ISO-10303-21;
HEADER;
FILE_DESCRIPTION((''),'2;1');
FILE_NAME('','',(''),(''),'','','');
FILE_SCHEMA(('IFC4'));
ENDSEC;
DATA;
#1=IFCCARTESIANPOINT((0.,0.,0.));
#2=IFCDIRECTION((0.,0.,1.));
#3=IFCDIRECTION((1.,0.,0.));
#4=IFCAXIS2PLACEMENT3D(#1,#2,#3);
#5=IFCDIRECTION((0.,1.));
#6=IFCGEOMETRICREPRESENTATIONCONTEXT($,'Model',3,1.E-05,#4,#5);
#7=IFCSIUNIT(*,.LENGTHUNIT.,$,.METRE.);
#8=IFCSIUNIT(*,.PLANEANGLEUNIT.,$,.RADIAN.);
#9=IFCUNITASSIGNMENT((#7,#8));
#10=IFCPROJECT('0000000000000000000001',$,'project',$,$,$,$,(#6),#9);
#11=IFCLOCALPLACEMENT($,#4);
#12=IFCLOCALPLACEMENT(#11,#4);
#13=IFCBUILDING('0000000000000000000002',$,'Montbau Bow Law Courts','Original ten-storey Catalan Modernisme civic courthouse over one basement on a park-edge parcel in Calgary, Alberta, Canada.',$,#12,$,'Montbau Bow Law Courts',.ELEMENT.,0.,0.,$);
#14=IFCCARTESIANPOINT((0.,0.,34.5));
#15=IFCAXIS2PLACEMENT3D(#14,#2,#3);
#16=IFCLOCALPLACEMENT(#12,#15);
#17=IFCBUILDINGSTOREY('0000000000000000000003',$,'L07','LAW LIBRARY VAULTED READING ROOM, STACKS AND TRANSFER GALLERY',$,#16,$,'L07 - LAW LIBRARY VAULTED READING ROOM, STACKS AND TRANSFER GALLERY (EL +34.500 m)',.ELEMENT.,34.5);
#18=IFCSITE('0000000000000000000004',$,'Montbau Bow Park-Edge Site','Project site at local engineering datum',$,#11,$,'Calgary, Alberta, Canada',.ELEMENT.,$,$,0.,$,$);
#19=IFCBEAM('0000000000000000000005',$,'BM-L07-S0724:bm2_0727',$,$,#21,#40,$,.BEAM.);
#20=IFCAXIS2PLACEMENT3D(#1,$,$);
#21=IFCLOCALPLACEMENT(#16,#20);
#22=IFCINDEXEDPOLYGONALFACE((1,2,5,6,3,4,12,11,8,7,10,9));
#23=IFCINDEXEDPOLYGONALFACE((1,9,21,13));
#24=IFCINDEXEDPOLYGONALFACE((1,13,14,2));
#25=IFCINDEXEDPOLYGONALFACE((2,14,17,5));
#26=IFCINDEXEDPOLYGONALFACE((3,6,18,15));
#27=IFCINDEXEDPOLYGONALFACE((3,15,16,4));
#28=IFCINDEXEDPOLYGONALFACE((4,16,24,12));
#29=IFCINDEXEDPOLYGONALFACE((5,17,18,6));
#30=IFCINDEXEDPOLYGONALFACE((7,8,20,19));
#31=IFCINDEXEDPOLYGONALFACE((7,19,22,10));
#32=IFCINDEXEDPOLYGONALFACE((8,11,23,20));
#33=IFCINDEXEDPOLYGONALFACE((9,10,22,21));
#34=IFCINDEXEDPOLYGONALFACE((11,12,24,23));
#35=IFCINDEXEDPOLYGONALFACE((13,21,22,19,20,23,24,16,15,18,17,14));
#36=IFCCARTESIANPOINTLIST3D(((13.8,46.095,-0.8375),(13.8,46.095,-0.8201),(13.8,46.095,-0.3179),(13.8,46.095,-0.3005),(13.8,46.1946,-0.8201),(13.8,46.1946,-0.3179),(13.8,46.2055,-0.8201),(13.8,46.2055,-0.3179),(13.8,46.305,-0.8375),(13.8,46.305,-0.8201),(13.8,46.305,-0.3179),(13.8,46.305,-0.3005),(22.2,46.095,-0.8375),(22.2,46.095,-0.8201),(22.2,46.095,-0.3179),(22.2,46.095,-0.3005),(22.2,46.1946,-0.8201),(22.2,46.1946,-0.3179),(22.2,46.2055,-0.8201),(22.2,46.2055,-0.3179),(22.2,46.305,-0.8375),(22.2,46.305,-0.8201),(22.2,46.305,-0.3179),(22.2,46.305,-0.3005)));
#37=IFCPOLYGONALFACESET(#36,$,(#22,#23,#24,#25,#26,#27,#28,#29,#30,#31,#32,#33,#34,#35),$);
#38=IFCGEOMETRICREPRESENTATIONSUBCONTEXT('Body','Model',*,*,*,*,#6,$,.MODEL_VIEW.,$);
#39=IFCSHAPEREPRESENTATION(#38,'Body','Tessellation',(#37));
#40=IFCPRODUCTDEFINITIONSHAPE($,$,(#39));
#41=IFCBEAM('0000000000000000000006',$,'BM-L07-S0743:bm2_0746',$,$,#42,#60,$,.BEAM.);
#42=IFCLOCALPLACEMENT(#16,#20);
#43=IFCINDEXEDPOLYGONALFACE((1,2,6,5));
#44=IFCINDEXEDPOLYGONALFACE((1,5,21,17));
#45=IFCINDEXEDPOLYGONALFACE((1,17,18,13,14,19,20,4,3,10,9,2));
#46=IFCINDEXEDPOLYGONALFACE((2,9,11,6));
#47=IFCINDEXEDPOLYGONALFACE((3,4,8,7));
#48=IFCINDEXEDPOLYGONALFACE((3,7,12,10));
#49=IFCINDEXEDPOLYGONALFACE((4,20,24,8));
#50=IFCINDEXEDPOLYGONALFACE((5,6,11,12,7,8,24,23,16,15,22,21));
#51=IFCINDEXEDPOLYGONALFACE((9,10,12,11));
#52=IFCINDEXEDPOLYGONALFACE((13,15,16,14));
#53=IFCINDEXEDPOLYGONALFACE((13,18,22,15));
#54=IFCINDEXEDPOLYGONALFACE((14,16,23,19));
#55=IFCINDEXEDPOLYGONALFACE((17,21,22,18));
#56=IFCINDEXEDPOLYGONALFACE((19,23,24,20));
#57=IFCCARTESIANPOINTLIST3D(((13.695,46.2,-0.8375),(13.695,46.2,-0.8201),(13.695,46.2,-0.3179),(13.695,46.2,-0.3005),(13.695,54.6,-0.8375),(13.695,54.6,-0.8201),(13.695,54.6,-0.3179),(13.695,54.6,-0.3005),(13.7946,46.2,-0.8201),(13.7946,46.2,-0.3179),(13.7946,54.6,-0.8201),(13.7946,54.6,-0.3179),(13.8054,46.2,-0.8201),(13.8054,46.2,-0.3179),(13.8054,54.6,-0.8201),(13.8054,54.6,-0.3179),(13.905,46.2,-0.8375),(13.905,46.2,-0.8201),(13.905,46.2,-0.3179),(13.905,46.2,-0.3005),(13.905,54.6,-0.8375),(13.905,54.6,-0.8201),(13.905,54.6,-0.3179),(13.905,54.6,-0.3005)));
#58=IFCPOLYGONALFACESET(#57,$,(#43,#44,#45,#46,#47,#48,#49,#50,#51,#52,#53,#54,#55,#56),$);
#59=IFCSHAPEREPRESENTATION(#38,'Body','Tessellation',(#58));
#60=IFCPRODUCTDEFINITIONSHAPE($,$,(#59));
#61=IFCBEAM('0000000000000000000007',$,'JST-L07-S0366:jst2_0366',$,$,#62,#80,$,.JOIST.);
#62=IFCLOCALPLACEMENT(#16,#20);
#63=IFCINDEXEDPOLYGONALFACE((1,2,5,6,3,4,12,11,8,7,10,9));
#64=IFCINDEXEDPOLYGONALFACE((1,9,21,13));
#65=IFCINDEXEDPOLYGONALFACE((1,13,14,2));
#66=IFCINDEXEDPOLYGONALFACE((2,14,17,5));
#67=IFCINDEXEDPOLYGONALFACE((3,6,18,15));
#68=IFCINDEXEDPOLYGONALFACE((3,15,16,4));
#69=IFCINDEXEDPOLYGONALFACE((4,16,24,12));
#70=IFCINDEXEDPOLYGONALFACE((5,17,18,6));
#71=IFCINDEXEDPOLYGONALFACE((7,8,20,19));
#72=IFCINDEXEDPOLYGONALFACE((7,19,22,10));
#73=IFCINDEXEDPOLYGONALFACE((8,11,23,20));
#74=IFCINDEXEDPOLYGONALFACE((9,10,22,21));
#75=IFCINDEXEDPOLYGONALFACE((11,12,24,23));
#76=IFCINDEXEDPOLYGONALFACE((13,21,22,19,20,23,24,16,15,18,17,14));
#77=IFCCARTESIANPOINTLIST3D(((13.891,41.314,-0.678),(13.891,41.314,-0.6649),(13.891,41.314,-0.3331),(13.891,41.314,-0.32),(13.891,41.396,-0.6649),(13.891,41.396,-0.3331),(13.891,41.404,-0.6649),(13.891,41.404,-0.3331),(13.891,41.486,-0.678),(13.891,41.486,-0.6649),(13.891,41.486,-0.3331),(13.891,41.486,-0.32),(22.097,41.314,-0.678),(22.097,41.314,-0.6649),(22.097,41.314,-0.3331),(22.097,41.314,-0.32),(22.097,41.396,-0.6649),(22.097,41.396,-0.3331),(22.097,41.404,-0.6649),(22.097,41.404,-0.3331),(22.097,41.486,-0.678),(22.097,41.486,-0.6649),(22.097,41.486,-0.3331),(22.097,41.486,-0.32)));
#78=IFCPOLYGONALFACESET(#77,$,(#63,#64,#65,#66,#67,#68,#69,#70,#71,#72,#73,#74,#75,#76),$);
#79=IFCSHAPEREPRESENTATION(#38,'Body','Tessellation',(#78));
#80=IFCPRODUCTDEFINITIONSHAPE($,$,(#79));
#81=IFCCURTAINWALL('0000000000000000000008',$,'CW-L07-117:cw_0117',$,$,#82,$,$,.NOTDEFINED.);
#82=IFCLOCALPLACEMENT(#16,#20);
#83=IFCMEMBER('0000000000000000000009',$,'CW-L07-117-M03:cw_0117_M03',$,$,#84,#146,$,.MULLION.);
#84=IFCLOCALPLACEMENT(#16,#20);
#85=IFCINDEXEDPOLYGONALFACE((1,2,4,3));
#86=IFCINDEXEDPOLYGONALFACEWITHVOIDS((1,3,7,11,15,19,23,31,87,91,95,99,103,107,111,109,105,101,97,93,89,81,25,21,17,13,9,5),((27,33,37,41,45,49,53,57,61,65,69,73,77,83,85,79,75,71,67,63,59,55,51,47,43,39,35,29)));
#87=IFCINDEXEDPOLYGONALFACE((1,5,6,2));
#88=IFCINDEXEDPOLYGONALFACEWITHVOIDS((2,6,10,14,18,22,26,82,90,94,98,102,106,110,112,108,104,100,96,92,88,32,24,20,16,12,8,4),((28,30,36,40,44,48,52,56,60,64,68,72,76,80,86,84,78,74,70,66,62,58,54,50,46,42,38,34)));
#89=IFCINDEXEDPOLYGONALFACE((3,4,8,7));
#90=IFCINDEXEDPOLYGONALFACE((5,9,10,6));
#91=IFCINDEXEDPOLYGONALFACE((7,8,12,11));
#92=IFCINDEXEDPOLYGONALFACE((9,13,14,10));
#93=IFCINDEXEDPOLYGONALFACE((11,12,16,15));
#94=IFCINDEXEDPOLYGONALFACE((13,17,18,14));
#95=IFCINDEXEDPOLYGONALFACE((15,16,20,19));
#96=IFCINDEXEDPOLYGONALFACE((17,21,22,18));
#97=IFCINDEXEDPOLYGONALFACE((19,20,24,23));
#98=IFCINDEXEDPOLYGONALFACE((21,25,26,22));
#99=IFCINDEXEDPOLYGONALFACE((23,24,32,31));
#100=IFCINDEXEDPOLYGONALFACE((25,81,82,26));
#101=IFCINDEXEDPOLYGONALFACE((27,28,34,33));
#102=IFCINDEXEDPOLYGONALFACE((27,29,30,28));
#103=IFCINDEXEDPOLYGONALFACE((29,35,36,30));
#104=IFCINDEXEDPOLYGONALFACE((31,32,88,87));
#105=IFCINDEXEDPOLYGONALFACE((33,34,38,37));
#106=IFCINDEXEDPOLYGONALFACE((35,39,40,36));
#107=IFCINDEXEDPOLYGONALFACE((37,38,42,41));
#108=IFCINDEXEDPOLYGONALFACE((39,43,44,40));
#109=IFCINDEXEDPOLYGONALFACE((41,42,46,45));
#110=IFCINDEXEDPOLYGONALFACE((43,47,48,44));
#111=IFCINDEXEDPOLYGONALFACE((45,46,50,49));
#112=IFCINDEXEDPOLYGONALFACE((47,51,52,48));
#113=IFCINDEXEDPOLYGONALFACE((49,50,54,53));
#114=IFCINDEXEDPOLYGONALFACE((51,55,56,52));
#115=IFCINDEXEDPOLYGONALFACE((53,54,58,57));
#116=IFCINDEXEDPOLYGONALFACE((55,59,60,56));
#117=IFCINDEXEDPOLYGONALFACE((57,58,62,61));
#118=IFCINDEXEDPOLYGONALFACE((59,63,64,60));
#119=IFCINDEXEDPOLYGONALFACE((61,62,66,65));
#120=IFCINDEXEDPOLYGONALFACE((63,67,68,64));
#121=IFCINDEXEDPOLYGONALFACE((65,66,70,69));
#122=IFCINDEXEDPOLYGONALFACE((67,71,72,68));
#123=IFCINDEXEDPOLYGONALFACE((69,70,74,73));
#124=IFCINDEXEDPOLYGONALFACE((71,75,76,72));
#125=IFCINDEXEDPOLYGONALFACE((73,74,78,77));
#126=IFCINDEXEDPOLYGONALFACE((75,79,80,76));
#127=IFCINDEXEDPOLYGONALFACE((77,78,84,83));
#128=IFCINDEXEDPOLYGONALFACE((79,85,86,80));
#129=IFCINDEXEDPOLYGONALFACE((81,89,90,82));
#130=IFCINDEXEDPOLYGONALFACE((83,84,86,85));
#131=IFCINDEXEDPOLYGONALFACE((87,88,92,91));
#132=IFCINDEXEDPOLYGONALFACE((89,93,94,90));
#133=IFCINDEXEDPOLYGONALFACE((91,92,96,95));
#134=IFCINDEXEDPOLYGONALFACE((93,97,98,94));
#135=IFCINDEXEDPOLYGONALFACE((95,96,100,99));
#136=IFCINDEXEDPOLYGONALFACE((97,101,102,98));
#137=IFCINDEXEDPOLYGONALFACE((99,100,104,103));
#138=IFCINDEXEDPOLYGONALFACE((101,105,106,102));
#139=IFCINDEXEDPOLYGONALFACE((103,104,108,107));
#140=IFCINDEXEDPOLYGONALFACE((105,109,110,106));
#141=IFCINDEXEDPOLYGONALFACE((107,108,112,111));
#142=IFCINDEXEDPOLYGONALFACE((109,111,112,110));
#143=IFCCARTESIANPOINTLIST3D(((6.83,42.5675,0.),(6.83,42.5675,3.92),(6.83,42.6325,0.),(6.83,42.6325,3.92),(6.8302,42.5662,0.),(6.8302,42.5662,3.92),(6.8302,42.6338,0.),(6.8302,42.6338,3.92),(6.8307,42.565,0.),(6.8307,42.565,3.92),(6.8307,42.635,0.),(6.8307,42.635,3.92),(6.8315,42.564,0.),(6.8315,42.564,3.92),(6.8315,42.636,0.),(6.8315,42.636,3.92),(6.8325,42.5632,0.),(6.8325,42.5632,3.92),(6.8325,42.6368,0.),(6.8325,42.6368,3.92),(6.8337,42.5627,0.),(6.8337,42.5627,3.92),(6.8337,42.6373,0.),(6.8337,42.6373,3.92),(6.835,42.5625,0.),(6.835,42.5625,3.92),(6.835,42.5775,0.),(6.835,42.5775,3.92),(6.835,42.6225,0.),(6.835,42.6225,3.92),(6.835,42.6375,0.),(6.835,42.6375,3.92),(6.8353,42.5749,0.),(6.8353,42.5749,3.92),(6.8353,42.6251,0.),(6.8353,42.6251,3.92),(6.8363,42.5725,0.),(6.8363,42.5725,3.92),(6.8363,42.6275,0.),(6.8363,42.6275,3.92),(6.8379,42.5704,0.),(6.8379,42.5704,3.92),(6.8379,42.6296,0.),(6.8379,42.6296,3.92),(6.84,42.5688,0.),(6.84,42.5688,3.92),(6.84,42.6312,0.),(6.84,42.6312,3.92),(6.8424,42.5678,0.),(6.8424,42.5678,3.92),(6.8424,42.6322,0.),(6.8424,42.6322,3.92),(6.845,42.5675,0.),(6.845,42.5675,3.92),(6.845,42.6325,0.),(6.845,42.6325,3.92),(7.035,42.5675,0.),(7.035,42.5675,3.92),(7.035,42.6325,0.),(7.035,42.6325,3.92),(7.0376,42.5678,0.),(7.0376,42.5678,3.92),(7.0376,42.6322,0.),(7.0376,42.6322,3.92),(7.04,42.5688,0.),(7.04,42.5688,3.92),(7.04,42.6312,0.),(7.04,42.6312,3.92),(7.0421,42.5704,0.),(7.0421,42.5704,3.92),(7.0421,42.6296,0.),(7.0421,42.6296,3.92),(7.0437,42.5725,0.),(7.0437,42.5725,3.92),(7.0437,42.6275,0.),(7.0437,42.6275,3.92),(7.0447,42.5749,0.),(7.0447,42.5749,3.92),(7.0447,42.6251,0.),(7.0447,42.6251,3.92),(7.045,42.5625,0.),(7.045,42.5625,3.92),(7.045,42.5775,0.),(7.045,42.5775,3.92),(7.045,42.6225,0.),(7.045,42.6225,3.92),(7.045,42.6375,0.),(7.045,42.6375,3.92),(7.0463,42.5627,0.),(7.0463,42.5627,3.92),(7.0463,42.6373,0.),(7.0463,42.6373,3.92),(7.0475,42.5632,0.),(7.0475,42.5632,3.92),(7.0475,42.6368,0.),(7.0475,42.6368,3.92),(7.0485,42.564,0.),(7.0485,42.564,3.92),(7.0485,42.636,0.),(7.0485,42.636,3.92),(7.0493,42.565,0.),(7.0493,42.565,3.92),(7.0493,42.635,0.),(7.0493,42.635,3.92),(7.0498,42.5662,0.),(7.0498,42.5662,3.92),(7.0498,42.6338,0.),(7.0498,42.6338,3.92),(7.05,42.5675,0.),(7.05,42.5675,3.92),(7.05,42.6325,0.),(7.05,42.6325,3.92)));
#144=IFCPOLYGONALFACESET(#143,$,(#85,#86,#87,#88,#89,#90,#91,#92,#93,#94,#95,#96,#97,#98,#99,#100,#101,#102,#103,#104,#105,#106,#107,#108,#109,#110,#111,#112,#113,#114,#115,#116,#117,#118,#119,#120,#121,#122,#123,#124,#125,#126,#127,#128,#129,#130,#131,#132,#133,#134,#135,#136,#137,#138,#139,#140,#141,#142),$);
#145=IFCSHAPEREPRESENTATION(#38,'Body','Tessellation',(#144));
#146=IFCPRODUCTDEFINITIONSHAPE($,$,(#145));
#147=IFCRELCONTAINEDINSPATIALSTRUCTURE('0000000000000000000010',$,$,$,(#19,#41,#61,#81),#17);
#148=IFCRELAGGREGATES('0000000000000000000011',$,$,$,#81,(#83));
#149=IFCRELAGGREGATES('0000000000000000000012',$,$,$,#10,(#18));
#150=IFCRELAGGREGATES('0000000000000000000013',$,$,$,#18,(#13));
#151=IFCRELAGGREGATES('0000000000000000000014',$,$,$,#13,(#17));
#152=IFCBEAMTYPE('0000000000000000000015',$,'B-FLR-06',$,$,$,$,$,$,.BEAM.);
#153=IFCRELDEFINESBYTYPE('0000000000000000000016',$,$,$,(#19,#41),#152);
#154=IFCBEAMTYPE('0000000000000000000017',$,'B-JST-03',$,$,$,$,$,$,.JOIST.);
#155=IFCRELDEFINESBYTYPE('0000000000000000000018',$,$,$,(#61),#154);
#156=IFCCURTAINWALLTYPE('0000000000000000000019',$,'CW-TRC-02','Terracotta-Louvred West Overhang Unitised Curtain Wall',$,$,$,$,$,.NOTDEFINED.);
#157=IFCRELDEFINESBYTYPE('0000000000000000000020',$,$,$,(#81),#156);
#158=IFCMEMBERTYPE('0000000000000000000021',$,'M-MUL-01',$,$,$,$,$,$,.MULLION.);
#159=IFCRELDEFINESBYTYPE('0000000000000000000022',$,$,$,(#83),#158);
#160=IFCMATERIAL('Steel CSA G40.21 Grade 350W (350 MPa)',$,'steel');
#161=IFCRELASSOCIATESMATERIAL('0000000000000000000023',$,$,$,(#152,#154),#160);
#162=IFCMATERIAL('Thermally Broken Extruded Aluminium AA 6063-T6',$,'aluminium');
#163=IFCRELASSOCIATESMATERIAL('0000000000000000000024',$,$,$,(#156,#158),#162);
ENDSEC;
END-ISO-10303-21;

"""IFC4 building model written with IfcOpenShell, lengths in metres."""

from ifc_helpers import new_model, si_unit, direction, frame, origin_with_axes, origin_2d_with_axis, place, context, subcontext, project, spatial, hollow_rectangle, i_section, extrude, material, material_profile, profile_set, type_object, element, aggregate, save


model = new_model("IFC4")

# Units and contexts
model_context = context("Model", 3, precision=1e-05, world=origin_with_axes(), true_north=direction((0.0, 1.0)))
body_context = subcontext(model_context, "Body", "Model", "MODEL_VIEW")
ifc_project = project(units=[si_unit("LENGTHUNIT", "METRE"), si_unit("PLANEANGLEUNIT", "RADIAN")], contexts=[model_context])

# Site, building, storey
site_placement = place(None, origin_with_axes())
site = spatial("IfcSite", under=ifc_project, at=site_placement, Name="Montbau Bow Park-Edge Site", Description="Project site at local engineering datum", LongName="Calgary, Alberta, Canada", CompositionType="ELEMENT", RefElevation=0.0)
building_placement = place(site_placement, origin_with_axes())
building = spatial("IfcBuilding", under=site, at=building_placement, Name="Montbau Bow Law Courts", Description="Original ten-storey Catalan Modernisme civic courthouse over one basement on a park-edge parcel in Calgary, Alberta, Canada.", LongName="Montbau Bow Law Courts", CompositionType="ELEMENT", ElevationOfRefHeight=0.0, ElevationOfTerrain=0.0)
storey_placement = place(building_placement, frame((0.0, 0.0, 34.5), z_axis=(0.0, 0.0, 1.0), x_axis=(1.0, 0.0, 0.0)))
storey = spatial("IfcBuildingStorey", under=building, at=storey_placement, Name="L07", Description="LAW LIBRARY VAULTED READING ROOM, STACKS AND TRANSFER GALLERY", LongName="L07 - LAW LIBRARY VAULTED READING ROOM, STACKS AND TRANSFER GALLERY (EL +34.500 m)", CompositionType="ELEMENT", Elevation=34.5)

# Beams
ifc_material_1 = material(Name="Steel CSA G40.21 Grade 350W (350 MPa)", Category="steel")
ifc_material_profile_1 = material_profile(ifc_material_1, i_section(OverallWidth=0.21, OverallDepth=0.537, WebThickness=0.0109, FlangeThickness=0.0174, at=origin_2d_with_axis()), Name="W530X101", Category="Main", Priority=0)
ifc_profile_set_1 = profile_set([ifc_material_profile_1], Name="Steel CSA G40.21 Grade 350W (350 MPa)")
beam_type_1 = type_object("IfcBeamType", Name="B-FLR-06", PredefinedType="BEAM", material=ifc_profile_set_1)
for number, where, z_axis, x_axis, name in (
    (1, (13.8, 46.2, 33.931), (1.0, 0.0, 0.0), (0.0, 1.0, 0.0), "BM-L07-S0724:bm2_0727"),
    (2, (13.8, 46.2, 33.931), (0.0, 1.0, 0.0), (-1.0, 0.0, 0.0), "BM-L07-S0743:bm2_0746"),
):
    element("IfcBeam", number, at=place(None, frame(where, z_axis=z_axis, x_axis=x_axis)), inside=storey, type_object=beam_type_1, Name=name, PredefinedType="BEAM", context=body_context, shape_type="SweptSolid", body=[
        extrude(i_section(OverallWidth=0.21, OverallDepth=0.537, WebThickness=0.0109, FlangeThickness=0.0174, at=origin_2d_with_axis()), origin_with_axes(), (0.0, 0.0, 1.0), 8.4),
    ])
ifc_material_profile_2 = material_profile(ifc_material_1, i_section(OverallWidth=0.172, OverallDepth=0.358, WebThickness=0.0079, FlangeThickness=0.0131, at=origin_2d_with_axis()), Name="W360X57", Category="Main", Priority=0)
ifc_profile_set_2 = profile_set([ifc_material_profile_2], Name="Steel CSA G40.21 Grade 350W (350 MPa)")
beam_type_2 = type_object("IfcBeamType", Name="B-JST-03", PredefinedType="JOIST", material=ifc_profile_set_2)
beam_placement = place(None, frame((13.891, 41.4, 34.001), z_axis=(1.0, 0.0, 0.0), x_axis=(0.0, 1.0, 0.0)))
element("IfcBeam", 3, at=beam_placement, inside=storey, type_object=beam_type_2, Name="JST-L07-S0366:jst2_0366", PredefinedType="JOIST", context=body_context, shape_type="SweptSolid", body=[
    extrude(i_section(OverallWidth=0.172, OverallDepth=0.358, WebThickness=0.0079, FlangeThickness=0.0131, at=origin_2d_with_axis()), origin_with_axes(), (0.0, 0.0, 1.0), 8.206),
])

# Curtain wall, member
ifc_material_2 = material(Name="Thermally Broken Extruded Aluminium AA 6063-T6", Category="aluminium")
curtain_wall_type = type_object("IfcCurtainWallType", Name="CW-TRC-02", Description="Terracotta-Louvred West Overhang Unitised Curtain Wall", PredefinedType="NOTDEFINED", material=ifc_material_2)
curtain_wall_placement = place(None, frame((6.94, 39.44, 34.5), z_axis=(0.0, 0.0, 1.0), x_axis=(1.0, 0.0, 0.0)))
curtain_wall = element("IfcCurtainWall", 4, at=curtain_wall_placement, inside=storey, type_object=curtain_wall_type, Name="CW-L07-117:cw_0117", PredefinedType="NOTDEFINED")
ifc_material_profile_3 = material_profile(ifc_material_2, hollow_rectangle(XDim=0.075, YDim=0.22, WallThickness=0.005, InnerFilletRadius=0.01, OuterFilletRadius=0.005, at=origin_2d_with_axis()), Name="CWM-220X75", Category="Main", Priority=0)
ifc_profile_set_3 = profile_set([ifc_material_profile_3], Name="Thermally Broken Extruded Aluminium AA 6063-T6")
member_type_1 = type_object("IfcMemberType", Name="M-MUL-01", PredefinedType="MULLION", material=ifc_profile_set_3)
member_1_placement = place(None, frame((6.94, 42.6, 34.5), z_axis=(0.0, 0.0, 1.0), x_axis=(0.0, 1.0, 0.0)))
member_1 = element("IfcMember", 5, at=member_1_placement, type_object=member_type_1, Name="CW-L07-117-M03:cw_0117_M03", PredefinedType="MULLION", context=body_context, shape_type="SweptSolid", body=[
    extrude(hollow_rectangle(XDim=0.075, YDim=0.22, WallThickness=0.005, InnerFilletRadius=0.01, OuterFilletRadius=0.005, at=origin_2d_with_axis()), origin_with_axes(), (0.0, 0.0, 1.0), 3.92),
])
aggregate(curtain_wall, [member_1])

save(model, "model.ifc")
